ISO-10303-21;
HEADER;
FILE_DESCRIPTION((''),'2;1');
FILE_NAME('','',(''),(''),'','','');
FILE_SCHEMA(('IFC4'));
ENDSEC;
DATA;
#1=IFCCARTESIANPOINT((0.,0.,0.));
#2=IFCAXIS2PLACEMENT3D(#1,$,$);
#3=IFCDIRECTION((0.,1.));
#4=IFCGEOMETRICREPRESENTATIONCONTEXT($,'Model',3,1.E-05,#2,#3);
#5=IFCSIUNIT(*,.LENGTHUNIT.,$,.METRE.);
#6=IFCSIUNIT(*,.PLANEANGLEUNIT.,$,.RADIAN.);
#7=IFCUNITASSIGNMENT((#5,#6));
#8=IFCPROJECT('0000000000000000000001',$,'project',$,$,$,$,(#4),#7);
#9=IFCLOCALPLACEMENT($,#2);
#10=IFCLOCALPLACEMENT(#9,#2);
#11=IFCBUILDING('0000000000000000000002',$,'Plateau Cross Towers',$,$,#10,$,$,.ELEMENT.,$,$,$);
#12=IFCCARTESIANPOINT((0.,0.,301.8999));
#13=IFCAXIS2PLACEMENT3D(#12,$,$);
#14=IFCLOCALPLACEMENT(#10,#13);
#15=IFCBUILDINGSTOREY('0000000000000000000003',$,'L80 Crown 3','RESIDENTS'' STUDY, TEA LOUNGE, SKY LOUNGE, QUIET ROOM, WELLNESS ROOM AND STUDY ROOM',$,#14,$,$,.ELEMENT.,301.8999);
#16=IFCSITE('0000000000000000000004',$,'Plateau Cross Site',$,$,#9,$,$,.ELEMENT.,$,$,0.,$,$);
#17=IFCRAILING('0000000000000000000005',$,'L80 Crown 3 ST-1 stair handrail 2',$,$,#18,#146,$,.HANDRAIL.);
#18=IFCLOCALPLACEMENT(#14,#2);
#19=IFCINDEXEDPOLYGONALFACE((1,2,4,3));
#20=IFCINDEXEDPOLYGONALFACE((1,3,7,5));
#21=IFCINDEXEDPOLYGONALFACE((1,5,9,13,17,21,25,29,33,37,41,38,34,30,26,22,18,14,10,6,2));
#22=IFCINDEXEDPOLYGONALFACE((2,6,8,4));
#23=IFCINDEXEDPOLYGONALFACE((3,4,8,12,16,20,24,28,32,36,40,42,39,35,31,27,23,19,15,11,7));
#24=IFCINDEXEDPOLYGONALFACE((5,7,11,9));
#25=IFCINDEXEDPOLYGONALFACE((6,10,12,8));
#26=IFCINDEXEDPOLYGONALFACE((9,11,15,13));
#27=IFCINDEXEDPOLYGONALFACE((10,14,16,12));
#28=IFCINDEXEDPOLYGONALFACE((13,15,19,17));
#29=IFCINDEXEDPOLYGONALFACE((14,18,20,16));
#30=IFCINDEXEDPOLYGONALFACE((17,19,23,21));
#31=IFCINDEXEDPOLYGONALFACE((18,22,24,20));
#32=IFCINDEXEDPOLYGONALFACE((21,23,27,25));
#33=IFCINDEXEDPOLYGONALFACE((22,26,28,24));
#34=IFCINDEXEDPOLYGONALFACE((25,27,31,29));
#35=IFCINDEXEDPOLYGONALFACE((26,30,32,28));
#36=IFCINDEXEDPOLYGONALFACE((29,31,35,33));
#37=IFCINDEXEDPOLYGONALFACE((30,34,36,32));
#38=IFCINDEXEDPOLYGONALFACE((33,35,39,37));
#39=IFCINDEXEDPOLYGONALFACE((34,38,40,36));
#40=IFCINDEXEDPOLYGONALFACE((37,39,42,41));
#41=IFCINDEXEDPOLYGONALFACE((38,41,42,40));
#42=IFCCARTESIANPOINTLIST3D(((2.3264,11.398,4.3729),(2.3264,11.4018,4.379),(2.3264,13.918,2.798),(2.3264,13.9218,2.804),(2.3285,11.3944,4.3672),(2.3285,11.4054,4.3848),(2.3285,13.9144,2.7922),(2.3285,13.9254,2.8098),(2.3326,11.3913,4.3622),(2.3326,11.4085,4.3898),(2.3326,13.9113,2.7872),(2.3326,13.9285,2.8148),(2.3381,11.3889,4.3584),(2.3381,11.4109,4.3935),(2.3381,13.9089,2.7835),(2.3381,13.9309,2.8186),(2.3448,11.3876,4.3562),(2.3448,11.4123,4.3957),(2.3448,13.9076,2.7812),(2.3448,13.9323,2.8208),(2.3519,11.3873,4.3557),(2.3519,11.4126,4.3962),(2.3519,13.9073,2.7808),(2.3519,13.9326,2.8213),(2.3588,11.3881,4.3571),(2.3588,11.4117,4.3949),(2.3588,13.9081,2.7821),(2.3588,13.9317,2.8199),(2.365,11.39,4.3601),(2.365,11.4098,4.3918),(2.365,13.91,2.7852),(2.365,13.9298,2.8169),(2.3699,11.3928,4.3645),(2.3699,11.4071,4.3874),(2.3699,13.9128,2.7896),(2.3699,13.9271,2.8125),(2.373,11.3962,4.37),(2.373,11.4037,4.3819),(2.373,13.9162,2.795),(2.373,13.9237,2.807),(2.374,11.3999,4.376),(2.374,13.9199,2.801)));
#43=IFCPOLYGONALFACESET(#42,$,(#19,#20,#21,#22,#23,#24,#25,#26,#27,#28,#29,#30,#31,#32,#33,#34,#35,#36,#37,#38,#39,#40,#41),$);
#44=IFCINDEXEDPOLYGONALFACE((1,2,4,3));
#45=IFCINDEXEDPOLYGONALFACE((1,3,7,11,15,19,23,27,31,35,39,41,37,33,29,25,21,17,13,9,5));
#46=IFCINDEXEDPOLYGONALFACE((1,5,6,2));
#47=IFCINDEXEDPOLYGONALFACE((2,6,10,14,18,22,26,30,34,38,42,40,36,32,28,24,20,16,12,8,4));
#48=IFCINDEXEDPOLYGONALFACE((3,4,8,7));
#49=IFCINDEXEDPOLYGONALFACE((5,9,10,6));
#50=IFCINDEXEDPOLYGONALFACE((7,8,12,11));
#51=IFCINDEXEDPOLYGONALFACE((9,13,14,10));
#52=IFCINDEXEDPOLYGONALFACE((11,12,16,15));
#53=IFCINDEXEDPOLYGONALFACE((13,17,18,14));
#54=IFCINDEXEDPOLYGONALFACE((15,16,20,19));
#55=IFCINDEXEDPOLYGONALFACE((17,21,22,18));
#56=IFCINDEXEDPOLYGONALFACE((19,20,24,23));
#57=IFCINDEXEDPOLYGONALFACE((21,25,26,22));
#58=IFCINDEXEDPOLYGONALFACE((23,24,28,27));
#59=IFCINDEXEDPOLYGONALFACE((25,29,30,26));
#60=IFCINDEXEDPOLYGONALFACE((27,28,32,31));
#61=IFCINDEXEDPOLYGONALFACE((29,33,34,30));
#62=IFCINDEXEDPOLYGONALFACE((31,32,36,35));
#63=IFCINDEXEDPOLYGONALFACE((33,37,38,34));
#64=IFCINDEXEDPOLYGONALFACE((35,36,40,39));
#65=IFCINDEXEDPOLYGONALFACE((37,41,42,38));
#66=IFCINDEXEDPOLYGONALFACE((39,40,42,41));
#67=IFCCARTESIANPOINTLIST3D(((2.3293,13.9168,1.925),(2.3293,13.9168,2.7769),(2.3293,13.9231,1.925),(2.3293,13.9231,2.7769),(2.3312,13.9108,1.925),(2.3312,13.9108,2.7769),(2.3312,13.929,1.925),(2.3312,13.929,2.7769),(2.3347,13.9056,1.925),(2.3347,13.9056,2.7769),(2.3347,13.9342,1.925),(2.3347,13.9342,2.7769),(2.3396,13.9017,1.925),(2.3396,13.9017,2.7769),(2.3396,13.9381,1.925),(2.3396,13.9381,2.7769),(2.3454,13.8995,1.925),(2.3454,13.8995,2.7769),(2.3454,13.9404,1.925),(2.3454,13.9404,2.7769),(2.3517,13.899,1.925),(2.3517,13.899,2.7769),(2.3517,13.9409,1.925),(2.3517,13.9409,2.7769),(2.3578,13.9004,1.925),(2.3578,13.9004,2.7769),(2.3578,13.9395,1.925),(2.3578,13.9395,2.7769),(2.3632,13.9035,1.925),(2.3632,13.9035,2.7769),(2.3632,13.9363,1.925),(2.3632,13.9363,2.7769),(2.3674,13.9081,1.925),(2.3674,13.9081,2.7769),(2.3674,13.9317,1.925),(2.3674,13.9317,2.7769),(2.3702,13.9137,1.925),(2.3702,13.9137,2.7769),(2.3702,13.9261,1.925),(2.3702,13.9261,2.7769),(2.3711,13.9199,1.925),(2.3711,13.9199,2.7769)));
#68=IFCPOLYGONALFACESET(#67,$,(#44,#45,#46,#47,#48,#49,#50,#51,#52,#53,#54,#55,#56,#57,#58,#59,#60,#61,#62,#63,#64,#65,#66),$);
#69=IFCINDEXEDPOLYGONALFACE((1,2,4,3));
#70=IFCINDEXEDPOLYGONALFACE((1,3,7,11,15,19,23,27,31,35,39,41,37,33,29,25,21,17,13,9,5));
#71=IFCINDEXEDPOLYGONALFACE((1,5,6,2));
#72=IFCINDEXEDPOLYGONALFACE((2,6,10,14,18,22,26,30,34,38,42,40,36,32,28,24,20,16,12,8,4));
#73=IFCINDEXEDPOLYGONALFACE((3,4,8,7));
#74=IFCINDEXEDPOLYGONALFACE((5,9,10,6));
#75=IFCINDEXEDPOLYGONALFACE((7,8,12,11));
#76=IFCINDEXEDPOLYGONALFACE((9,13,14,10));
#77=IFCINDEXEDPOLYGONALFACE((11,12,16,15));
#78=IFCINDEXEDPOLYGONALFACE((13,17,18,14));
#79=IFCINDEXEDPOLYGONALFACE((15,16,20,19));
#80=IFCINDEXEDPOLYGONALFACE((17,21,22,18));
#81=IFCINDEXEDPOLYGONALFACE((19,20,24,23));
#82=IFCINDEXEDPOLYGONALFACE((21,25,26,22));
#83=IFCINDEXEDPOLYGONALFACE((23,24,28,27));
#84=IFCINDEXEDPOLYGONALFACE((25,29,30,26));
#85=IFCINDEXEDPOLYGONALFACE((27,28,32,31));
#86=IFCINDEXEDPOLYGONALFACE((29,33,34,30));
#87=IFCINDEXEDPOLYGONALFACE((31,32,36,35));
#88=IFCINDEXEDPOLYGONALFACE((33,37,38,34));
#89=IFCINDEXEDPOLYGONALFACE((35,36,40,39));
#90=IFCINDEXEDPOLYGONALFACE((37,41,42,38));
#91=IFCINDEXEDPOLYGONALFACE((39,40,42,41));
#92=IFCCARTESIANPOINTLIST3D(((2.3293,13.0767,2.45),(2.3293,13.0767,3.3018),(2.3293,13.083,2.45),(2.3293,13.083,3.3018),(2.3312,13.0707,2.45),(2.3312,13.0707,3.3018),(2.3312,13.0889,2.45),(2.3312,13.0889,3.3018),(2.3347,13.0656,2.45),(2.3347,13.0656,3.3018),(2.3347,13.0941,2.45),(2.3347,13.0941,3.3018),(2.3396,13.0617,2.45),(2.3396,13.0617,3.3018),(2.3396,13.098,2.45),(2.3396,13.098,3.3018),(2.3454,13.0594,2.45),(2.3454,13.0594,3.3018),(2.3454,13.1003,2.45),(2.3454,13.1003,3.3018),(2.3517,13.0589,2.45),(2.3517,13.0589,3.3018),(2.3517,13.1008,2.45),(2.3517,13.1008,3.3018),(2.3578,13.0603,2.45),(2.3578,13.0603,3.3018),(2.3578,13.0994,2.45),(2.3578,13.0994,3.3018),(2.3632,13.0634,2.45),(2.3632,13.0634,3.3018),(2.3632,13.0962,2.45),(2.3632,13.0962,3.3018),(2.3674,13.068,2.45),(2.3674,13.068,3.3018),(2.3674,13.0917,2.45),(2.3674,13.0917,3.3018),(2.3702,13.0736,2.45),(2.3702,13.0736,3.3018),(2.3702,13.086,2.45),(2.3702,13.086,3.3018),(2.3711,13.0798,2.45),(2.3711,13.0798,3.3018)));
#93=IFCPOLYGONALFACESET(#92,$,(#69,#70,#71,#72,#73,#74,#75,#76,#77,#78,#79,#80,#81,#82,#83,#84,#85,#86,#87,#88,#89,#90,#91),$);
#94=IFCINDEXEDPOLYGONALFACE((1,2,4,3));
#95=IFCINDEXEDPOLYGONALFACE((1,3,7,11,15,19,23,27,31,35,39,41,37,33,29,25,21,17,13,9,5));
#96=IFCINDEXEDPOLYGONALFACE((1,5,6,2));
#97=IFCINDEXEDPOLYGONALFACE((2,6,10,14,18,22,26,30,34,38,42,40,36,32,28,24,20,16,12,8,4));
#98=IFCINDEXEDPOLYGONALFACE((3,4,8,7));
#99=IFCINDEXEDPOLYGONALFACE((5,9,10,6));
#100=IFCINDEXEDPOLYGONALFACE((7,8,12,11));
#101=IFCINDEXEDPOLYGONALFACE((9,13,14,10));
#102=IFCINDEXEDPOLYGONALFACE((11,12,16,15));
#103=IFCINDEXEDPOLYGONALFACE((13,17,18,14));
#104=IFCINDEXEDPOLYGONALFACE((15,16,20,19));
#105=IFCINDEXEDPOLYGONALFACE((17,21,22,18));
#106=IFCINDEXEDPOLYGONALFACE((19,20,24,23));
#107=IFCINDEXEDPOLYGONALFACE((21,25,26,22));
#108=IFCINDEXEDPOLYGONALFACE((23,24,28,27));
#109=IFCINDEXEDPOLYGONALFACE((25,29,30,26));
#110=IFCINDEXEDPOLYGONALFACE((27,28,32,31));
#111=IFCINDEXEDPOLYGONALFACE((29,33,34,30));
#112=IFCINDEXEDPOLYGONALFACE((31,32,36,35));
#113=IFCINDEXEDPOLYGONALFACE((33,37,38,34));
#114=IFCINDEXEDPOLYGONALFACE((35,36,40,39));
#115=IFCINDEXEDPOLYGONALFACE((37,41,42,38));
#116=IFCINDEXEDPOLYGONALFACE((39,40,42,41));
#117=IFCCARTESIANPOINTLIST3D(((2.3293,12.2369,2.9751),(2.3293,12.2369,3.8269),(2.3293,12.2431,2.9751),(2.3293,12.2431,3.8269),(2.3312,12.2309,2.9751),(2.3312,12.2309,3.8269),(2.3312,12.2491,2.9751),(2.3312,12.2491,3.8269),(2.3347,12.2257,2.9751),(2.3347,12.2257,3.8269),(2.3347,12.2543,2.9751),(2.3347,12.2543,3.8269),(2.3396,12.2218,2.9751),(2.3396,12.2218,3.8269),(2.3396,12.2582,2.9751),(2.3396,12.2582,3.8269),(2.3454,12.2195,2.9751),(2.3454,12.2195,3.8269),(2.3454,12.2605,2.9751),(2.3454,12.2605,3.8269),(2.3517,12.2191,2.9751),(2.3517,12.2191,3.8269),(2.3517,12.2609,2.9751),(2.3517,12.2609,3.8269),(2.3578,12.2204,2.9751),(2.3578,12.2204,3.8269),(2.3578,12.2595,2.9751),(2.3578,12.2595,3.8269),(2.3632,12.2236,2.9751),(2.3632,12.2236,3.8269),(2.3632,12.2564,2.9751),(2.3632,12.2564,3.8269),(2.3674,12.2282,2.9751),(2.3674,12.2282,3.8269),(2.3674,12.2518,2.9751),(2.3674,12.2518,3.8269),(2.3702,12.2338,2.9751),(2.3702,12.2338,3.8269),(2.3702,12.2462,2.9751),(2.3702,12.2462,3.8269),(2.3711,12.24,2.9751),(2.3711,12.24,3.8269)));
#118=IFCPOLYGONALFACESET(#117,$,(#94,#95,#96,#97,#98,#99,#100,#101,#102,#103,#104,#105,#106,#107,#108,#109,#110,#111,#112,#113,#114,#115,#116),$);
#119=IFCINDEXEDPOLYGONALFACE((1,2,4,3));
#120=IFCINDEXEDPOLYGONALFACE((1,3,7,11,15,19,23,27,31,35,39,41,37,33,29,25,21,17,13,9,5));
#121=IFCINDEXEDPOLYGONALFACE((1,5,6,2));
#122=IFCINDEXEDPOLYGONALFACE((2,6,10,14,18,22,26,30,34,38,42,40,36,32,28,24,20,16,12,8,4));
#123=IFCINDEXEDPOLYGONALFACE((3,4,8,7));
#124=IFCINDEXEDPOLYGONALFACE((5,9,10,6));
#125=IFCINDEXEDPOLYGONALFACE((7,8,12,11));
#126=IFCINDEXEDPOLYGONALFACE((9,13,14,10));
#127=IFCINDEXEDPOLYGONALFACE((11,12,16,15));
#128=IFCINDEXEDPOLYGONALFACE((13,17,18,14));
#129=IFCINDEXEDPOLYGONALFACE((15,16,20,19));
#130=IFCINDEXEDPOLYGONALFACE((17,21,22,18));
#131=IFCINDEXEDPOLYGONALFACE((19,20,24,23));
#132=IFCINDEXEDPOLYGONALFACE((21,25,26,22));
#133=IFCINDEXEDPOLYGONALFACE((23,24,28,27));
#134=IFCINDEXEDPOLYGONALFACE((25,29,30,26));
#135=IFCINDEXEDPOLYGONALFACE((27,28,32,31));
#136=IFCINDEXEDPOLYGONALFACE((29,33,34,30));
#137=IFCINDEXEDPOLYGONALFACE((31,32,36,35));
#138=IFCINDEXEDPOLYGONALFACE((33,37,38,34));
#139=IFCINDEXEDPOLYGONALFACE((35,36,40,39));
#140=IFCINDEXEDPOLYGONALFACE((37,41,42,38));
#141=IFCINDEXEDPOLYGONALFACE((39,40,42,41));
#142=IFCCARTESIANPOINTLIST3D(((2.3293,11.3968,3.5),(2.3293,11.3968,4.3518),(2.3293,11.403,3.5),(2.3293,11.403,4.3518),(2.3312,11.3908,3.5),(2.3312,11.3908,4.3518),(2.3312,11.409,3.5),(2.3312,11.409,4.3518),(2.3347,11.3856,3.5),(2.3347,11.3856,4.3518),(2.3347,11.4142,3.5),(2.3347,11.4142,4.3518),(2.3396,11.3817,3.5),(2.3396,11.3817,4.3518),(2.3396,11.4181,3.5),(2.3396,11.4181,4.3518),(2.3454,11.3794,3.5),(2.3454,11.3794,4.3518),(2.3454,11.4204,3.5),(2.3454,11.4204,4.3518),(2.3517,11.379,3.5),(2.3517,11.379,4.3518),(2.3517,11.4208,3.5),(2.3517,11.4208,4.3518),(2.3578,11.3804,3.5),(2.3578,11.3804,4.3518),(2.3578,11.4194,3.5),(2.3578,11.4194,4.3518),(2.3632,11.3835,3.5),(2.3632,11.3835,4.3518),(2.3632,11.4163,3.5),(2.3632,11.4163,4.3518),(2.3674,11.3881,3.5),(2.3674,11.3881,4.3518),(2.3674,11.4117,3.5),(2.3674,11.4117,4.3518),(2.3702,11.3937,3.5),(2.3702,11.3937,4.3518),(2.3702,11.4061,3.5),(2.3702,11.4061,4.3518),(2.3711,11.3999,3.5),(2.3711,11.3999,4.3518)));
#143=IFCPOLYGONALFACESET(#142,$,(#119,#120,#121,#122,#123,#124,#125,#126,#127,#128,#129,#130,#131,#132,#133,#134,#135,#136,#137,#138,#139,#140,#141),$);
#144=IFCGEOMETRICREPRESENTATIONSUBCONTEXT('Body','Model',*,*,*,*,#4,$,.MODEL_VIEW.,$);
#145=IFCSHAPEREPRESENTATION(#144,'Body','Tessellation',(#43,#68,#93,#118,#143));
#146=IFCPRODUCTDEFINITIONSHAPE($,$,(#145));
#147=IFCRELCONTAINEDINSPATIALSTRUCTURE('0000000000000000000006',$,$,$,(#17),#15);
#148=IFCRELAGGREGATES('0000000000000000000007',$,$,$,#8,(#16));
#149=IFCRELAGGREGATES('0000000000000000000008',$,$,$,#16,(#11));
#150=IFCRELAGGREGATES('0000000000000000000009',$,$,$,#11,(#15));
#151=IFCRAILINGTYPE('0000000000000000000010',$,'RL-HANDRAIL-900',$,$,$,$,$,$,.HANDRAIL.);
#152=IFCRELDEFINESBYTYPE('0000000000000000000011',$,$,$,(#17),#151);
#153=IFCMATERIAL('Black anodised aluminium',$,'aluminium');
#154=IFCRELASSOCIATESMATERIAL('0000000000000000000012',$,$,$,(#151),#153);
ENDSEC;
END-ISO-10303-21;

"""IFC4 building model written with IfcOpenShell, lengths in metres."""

from ifc_helpers import new_model, si_unit, direction, frame, origin, origin_2d, place, context, subcontext, project, spatial, circle, extrude, material, type_object, element, save


model = new_model("IFC4")

# Units and contexts
model_context = context("Model", 3, precision=1e-05, world=origin(), true_north=direction((0.0, 1.0)))
body_context = subcontext(model_context, "Body", "Model", "MODEL_VIEW")
ifc_project = project(units=[si_unit("LENGTHUNIT", "METRE"), si_unit("PLANEANGLEUNIT", "RADIAN")], contexts=[model_context])

# Site, building, storey
site_placement = place(None, origin())
site = spatial("IfcSite", under=ifc_project, at=site_placement, Name="Plateau Cross Site", CompositionType="ELEMENT", RefElevation=0.0)
building_placement = place(site_placement, origin())
building = spatial("IfcBuilding", under=site, at=building_placement, Name="Plateau Cross Towers", CompositionType="ELEMENT")
storey_placement = place(building_placement, frame((0.0, 0.0, 301.8999)))
storey = spatial("IfcBuildingStorey", under=building, at=storey_placement, Name="L80 Crown 3", Description="RESIDENTS' STUDY, TEA LOUNGE, SKY LOUNGE, QUIET ROOM, WELLNESS ROOM AND STUDY ROOM", CompositionType="ELEMENT", Elevation=301.8999)

# Shared definitions
ifc_material_1 = material(Name="Black anodised aluminium", Category="aluminium")

# Railing
railing_type_1 = type_object("IfcRailingType", Name="RL-HANDRAIL-900", PredefinedType="HANDRAIL", material=ifc_material_1)
railing_1_placement = place(storey_placement, frame((2.3501, 13.9199, 1.925)))
element("IfcRailing", 1, at=railing_1_placement, inside=storey, type_object=railing_type_1, Name="L80 Crown 3 ST-1 stair handrail 2", PredefinedType="HANDRAIL", context=body_context, shape_type="SweptSolid", body=[
    extrude(circle(Radius=0.0239, at=origin_2d()), frame((0.0, 0.0, 0.876), z_axis=(0.0, -0.848008, 0.529984), x_axis=(1.0, 0.0, 0.0)), (0.0, 0.0, 1.0), 2.9717),
    extrude(circle(Radius=0.021, at=origin_2d()), origin(), (0.0, 0.0, 1.0), 0.8518),
    extrude(circle(Radius=0.021, at=origin_2d()), frame((0.0, -0.8401, 0.5249)), (0.0, 0.0, 1.0), 0.8518),
    extrude(circle(Radius=0.021, at=origin_2d()), frame((0.0, -1.6799, 1.05)), (0.0, 0.0, 1.0), 0.8518),
    extrude(circle(Radius=0.021, at=origin_2d()), frame((0.0, -2.52, 1.575)), (0.0, 0.0, 1.0), 0.8518),
])

save(model, "model.ifc")
